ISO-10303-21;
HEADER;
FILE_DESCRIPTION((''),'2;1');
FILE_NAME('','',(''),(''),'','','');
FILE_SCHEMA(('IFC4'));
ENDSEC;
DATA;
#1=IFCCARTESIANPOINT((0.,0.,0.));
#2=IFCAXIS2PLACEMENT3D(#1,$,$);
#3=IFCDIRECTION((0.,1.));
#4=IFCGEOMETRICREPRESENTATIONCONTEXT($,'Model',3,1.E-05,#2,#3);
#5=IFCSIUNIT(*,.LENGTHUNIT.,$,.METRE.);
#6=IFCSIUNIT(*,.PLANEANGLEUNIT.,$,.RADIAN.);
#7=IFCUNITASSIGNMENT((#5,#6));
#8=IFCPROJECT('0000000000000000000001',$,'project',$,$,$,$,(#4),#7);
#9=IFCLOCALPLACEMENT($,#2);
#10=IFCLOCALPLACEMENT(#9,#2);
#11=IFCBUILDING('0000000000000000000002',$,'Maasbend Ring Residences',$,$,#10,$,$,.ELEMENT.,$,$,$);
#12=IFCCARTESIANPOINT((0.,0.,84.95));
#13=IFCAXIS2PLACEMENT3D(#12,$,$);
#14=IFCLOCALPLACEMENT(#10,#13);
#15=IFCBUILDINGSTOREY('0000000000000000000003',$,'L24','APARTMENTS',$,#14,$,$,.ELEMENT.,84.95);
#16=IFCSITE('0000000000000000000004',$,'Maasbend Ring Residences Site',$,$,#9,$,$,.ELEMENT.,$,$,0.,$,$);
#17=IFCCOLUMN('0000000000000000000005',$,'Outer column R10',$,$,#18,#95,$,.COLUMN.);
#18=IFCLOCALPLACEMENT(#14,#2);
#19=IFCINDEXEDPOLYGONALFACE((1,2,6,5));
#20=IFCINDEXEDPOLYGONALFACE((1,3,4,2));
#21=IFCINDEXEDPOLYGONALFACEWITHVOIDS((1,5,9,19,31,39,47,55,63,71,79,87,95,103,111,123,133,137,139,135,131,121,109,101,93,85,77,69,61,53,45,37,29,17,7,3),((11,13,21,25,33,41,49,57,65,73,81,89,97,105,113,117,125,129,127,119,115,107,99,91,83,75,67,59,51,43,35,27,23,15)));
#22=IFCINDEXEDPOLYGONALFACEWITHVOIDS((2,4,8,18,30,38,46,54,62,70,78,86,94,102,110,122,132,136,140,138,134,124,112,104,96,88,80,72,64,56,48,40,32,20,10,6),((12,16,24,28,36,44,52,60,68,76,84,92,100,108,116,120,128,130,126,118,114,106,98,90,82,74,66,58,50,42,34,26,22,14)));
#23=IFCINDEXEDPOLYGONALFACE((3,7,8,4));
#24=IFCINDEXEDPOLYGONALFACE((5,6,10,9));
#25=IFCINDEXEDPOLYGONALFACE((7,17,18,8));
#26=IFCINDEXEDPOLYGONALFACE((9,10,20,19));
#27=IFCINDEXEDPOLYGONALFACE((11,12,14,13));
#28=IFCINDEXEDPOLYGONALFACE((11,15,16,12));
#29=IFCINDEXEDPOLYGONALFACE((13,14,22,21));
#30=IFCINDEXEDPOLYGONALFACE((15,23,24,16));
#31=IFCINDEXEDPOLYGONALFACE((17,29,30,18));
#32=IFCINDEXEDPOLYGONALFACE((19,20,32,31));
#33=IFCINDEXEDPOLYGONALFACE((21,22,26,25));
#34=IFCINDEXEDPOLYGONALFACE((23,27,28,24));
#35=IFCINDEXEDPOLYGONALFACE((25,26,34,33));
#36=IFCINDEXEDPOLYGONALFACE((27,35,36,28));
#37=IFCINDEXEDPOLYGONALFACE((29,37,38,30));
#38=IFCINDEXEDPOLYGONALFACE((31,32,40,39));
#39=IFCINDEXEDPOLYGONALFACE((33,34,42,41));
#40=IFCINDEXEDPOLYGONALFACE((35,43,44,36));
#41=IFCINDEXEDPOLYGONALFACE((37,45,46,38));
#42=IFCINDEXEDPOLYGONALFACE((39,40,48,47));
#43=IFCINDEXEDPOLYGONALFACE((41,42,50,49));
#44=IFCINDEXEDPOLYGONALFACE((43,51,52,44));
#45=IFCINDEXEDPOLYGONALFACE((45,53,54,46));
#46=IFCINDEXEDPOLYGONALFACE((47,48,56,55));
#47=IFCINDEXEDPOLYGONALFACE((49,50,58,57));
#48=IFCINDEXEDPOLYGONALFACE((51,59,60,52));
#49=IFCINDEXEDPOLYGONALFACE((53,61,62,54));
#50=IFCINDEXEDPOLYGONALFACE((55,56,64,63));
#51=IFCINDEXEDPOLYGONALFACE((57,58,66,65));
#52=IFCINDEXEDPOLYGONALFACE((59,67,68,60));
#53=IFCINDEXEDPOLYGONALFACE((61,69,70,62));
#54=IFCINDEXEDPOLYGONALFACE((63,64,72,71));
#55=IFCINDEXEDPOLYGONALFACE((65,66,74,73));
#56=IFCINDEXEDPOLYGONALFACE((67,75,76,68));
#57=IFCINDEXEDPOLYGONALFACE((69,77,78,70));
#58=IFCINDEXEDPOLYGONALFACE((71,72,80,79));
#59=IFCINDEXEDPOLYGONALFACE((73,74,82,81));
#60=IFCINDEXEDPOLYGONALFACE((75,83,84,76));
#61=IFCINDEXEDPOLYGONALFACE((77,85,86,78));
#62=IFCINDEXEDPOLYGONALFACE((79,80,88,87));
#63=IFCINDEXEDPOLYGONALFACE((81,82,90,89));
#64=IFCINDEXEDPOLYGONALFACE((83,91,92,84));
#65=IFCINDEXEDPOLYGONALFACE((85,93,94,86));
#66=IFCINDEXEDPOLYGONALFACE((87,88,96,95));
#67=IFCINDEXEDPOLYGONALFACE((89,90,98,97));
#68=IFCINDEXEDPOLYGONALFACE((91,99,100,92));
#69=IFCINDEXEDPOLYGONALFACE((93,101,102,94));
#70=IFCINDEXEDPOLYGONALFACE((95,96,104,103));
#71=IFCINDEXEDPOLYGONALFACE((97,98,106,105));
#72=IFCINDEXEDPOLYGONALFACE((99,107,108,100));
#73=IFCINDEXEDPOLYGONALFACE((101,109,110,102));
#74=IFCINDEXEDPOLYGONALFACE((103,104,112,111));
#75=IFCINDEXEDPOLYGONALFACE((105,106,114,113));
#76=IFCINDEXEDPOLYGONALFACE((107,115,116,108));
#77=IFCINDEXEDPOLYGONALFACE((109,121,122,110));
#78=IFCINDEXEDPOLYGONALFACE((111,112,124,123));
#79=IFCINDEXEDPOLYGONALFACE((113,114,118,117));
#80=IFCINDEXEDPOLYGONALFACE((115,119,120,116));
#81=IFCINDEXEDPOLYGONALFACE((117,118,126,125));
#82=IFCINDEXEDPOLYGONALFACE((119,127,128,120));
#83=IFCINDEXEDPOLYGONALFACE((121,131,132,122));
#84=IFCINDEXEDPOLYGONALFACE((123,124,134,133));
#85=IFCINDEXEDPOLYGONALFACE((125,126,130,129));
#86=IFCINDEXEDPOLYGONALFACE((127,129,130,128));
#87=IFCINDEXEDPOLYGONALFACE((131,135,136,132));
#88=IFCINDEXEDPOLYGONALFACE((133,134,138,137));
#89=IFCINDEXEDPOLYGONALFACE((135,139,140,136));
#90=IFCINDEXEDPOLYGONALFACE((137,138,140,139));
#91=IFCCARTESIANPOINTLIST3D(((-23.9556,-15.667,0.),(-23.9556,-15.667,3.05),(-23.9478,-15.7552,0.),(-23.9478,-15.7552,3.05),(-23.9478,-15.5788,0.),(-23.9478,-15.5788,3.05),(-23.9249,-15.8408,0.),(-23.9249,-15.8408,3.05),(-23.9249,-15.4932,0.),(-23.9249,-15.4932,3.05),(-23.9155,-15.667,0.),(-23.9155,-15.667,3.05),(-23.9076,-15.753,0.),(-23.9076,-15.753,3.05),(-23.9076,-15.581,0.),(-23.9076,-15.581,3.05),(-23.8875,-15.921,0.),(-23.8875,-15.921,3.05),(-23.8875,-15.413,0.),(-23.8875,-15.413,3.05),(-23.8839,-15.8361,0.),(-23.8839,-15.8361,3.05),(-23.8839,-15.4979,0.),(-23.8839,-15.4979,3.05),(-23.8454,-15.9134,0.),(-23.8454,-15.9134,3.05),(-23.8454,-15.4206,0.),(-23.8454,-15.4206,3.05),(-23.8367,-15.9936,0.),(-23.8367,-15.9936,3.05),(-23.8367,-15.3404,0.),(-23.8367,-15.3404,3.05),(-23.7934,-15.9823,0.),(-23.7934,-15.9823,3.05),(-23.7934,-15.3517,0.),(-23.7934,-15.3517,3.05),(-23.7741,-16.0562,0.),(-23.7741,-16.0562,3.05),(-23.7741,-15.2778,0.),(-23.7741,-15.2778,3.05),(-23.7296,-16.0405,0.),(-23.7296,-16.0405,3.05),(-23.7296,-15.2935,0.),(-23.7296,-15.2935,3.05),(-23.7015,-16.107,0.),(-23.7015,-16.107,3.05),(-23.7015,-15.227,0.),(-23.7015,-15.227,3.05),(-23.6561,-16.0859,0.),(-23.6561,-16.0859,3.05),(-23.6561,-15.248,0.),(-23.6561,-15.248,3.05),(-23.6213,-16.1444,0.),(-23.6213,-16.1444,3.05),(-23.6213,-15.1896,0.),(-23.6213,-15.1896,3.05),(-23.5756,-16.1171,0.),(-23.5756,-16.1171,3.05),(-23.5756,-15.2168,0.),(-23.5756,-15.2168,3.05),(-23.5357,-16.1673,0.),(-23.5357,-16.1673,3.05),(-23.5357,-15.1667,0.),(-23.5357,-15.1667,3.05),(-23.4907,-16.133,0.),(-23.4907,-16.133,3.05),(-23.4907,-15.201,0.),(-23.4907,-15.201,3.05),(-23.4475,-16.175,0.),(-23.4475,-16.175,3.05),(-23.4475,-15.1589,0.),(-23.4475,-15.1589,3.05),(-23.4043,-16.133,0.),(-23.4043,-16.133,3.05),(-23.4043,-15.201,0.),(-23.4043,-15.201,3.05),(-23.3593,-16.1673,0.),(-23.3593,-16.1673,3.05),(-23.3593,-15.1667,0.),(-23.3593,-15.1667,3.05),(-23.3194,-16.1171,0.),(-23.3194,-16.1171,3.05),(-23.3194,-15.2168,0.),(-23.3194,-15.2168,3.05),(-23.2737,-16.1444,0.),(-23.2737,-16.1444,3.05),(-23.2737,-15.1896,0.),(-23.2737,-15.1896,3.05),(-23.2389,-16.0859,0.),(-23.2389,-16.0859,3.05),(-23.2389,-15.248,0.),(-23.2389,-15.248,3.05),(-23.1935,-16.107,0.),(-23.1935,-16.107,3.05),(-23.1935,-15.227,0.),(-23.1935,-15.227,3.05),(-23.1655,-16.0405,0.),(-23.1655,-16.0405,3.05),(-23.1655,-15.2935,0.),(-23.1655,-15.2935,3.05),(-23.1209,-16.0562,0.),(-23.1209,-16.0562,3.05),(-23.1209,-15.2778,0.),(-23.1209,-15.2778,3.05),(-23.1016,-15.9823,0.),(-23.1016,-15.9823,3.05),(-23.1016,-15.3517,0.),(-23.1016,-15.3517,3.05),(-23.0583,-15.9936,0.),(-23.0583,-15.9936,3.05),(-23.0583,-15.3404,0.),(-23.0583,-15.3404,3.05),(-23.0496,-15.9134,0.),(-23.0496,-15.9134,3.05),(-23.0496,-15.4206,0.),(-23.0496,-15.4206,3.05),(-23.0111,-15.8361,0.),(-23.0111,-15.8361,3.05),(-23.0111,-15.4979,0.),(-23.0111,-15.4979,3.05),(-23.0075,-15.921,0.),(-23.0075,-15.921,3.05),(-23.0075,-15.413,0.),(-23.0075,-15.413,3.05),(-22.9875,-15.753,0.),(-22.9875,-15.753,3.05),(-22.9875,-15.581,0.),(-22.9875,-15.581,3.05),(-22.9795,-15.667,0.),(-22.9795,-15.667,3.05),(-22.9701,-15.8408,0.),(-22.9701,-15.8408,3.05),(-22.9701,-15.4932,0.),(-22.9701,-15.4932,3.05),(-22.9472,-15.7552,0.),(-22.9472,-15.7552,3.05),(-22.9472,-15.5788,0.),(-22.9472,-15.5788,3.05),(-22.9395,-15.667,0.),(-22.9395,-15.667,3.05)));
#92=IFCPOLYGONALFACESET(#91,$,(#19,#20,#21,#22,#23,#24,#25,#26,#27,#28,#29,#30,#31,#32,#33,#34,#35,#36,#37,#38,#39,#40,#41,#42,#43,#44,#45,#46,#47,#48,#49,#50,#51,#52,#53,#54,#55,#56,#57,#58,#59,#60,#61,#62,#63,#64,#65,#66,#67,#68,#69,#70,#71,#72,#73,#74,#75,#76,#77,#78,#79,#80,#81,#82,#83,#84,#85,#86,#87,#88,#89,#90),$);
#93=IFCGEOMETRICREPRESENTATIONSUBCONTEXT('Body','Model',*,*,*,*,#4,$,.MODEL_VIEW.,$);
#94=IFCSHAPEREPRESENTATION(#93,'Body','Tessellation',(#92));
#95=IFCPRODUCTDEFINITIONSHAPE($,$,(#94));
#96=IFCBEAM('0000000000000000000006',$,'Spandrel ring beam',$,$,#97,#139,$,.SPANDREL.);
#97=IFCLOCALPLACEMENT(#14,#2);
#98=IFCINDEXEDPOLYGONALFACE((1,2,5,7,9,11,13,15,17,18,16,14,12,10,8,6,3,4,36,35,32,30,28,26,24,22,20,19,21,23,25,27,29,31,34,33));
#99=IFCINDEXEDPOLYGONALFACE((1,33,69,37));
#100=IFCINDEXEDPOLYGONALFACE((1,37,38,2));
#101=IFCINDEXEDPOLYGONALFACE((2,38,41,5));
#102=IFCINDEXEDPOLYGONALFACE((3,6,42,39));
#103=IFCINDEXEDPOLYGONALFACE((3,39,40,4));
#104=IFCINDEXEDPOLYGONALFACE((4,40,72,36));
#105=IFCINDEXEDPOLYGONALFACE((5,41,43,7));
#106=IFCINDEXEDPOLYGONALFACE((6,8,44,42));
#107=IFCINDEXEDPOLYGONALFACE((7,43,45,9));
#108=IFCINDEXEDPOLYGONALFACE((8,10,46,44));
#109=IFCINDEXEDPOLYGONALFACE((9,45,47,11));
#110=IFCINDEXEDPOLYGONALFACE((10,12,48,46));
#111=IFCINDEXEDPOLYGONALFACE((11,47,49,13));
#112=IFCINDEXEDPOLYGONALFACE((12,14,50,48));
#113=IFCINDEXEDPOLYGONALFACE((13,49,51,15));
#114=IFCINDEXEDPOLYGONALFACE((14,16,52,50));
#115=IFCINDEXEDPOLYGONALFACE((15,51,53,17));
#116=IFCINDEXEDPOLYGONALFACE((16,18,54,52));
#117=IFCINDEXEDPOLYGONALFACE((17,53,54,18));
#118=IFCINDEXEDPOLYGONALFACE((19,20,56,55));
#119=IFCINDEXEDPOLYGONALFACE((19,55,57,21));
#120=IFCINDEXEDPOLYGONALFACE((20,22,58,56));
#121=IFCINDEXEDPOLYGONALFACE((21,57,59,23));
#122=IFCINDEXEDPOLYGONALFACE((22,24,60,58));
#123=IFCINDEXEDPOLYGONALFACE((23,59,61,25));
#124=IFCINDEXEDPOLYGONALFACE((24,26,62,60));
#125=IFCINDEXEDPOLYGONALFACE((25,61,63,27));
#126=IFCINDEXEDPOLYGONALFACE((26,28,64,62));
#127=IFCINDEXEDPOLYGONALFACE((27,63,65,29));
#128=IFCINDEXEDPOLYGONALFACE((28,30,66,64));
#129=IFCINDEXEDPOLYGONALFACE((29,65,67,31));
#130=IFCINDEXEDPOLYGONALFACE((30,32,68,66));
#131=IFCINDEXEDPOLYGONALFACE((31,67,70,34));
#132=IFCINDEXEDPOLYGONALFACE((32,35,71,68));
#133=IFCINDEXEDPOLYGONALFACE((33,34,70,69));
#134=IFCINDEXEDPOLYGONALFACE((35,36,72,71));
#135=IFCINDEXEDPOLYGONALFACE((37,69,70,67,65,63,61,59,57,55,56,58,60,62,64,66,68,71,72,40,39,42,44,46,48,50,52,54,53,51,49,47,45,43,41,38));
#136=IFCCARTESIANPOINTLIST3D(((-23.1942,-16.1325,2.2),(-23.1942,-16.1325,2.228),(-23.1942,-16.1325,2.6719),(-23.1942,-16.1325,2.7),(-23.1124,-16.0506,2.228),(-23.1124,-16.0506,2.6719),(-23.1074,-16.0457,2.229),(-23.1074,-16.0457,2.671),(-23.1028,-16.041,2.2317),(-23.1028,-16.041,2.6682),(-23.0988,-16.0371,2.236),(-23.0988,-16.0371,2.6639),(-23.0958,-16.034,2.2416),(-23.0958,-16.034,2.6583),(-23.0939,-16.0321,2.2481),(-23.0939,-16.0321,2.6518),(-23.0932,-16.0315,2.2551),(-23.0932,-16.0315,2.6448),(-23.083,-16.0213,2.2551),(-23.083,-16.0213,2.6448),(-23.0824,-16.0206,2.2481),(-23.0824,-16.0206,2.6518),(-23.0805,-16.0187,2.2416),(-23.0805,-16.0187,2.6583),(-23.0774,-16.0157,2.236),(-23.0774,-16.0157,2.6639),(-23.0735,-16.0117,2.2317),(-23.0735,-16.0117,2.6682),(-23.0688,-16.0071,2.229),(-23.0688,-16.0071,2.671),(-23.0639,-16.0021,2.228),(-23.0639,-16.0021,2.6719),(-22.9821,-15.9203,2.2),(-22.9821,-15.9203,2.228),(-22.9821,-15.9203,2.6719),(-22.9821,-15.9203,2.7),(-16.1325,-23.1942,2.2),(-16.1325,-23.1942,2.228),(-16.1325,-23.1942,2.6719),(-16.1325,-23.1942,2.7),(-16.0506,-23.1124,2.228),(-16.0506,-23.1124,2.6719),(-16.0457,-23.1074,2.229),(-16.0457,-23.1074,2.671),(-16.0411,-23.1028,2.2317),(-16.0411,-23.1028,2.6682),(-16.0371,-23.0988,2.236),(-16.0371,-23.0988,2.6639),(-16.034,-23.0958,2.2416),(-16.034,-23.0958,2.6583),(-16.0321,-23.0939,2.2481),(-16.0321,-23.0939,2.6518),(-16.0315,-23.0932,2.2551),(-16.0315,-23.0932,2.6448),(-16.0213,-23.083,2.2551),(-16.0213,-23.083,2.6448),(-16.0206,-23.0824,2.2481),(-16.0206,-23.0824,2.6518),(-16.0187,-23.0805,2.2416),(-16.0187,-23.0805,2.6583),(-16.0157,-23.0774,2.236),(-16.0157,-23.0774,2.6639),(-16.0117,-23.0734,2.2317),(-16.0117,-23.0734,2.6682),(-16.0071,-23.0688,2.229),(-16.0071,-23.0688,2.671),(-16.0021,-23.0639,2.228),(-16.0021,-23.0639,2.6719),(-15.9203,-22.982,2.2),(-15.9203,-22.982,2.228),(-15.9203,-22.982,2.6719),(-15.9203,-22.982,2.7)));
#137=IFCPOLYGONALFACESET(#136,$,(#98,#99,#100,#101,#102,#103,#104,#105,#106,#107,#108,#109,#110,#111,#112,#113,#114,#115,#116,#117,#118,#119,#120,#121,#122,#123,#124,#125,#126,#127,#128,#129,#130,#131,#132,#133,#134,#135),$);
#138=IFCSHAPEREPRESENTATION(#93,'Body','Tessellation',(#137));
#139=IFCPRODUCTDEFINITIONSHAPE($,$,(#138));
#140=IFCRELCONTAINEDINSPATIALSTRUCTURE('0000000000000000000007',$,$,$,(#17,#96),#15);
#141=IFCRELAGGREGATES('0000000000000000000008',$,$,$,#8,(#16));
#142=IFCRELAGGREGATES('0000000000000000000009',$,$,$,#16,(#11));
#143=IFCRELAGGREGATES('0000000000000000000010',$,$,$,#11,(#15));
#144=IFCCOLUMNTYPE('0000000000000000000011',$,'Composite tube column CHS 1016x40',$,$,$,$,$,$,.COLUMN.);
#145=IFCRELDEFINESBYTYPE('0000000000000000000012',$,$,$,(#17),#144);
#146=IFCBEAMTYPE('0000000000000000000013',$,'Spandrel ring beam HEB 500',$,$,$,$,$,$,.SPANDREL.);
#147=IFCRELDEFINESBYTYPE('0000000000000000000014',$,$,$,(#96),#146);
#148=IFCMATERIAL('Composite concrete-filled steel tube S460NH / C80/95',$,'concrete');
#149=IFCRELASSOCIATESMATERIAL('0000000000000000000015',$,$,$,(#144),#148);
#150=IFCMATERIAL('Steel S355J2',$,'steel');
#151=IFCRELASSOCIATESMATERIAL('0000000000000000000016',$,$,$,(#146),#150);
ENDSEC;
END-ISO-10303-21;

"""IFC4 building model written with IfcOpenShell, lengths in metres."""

from ifc_helpers import new_model, si_unit, direction, frame, origin, origin_2d, place, context, subcontext, project, spatial, hollow_circle, i_section, extrude, material, material_profile, profile_set, type_object, element, save


model = new_model("IFC4")

# Units and contexts
model_context = context("Model", 3, precision=1e-05, world=origin(), true_north=direction((0.0, 1.0)))
body_context = subcontext(model_context, "Body", "Model", "MODEL_VIEW")
ifc_project = project(units=[si_unit("LENGTHUNIT", "METRE"), si_unit("PLANEANGLEUNIT", "RADIAN")], contexts=[model_context])

# Site, building, storey
site_placement = place(None, origin())
site = spatial("IfcSite", under=ifc_project, at=site_placement, Name="Maasbend Ring Residences Site", CompositionType="ELEMENT", RefElevation=0.0)
building_placement = place(site_placement, origin())
building = spatial("IfcBuilding", under=site, at=building_placement, Name="Maasbend Ring Residences", CompositionType="ELEMENT")
storey_placement = place(building_placement, frame((0.0, 0.0, 84.95)))
storey = spatial("IfcBuildingStorey", under=building, at=storey_placement, Name="L24", Description="APARTMENTS", CompositionType="ELEMENT", Elevation=84.95)

# Column
ifc_material_1 = material(Name="Composite concrete-filled steel tube S460NH / C80/95", Category="concrete")
ifc_material_profile_1 = material_profile(ifc_material_1, hollow_circle(Radius=0.5081, WallThickness=0.04, at=origin_2d()), Name="Composite tube column CHS 1016x40")
ifc_profile_set_1 = profile_set([ifc_material_profile_1], Name="Composite concrete-filled steel tube S460NH / C80/95")
column_type = type_object("IfcColumnType", Name="Composite tube column CHS 1016x40", PredefinedType="COLUMN", material=ifc_profile_set_1)
column_placement = place(storey_placement, frame((-23.4475, -15.667, 0.0), z_axis=(0.0, 0.0, 1.0), x_axis=(1.0, 0.0, 0.0)))
element("IfcColumn", 1, at=column_placement, inside=storey, type_object=column_type, Name="Outer column R10", PredefinedType="COLUMN", context=body_context, shape_type="SweptSolid", body=[
    extrude(hollow_circle(Radius=0.5081, WallThickness=0.04, at=origin_2d()), origin(), (0.0, 0.0, 1.0), 3.05),
])

# Beam
ifc_material_2 = material(Name="Steel S355J2", Category="steel")
ifc_material_profile_2 = material_profile(ifc_material_2, i_section(OverallWidth=0.3, OverallDepth=0.5, WebThickness=0.0144, FlangeThickness=0.0281, FilletRadius=0.0271, at=origin_2d()), Name="HEB 500")
ifc_profile_set_2 = profile_set([ifc_material_profile_2], Name="Steel S355J2")
beam_type = type_object("IfcBeamType", Name="Spandrel ring beam HEB 500", PredefinedType="SPANDREL", material=ifc_profile_set_2)
beam_placement = place(storey_placement, frame((-23.0881, -16.0264, 2.45), z_axis=(0.707107, -0.707107, 0.0), x_axis=(0.707107, 0.707107, 0.0)))
element("IfcBeam", 2, at=beam_placement, inside=storey, type_object=beam_type, Name="Spandrel ring beam", PredefinedType="SPANDREL", context=body_context, shape_type="SweptSolid", body=[
    extrude(i_section(OverallWidth=0.3, OverallDepth=0.5, WebThickness=0.0144, FlangeThickness=0.0281, FilletRadius=0.0271, at=origin_2d()), origin(), (0.0, 0.0, 1.0), 9.9868),
])

save(model, "model.ifc")
